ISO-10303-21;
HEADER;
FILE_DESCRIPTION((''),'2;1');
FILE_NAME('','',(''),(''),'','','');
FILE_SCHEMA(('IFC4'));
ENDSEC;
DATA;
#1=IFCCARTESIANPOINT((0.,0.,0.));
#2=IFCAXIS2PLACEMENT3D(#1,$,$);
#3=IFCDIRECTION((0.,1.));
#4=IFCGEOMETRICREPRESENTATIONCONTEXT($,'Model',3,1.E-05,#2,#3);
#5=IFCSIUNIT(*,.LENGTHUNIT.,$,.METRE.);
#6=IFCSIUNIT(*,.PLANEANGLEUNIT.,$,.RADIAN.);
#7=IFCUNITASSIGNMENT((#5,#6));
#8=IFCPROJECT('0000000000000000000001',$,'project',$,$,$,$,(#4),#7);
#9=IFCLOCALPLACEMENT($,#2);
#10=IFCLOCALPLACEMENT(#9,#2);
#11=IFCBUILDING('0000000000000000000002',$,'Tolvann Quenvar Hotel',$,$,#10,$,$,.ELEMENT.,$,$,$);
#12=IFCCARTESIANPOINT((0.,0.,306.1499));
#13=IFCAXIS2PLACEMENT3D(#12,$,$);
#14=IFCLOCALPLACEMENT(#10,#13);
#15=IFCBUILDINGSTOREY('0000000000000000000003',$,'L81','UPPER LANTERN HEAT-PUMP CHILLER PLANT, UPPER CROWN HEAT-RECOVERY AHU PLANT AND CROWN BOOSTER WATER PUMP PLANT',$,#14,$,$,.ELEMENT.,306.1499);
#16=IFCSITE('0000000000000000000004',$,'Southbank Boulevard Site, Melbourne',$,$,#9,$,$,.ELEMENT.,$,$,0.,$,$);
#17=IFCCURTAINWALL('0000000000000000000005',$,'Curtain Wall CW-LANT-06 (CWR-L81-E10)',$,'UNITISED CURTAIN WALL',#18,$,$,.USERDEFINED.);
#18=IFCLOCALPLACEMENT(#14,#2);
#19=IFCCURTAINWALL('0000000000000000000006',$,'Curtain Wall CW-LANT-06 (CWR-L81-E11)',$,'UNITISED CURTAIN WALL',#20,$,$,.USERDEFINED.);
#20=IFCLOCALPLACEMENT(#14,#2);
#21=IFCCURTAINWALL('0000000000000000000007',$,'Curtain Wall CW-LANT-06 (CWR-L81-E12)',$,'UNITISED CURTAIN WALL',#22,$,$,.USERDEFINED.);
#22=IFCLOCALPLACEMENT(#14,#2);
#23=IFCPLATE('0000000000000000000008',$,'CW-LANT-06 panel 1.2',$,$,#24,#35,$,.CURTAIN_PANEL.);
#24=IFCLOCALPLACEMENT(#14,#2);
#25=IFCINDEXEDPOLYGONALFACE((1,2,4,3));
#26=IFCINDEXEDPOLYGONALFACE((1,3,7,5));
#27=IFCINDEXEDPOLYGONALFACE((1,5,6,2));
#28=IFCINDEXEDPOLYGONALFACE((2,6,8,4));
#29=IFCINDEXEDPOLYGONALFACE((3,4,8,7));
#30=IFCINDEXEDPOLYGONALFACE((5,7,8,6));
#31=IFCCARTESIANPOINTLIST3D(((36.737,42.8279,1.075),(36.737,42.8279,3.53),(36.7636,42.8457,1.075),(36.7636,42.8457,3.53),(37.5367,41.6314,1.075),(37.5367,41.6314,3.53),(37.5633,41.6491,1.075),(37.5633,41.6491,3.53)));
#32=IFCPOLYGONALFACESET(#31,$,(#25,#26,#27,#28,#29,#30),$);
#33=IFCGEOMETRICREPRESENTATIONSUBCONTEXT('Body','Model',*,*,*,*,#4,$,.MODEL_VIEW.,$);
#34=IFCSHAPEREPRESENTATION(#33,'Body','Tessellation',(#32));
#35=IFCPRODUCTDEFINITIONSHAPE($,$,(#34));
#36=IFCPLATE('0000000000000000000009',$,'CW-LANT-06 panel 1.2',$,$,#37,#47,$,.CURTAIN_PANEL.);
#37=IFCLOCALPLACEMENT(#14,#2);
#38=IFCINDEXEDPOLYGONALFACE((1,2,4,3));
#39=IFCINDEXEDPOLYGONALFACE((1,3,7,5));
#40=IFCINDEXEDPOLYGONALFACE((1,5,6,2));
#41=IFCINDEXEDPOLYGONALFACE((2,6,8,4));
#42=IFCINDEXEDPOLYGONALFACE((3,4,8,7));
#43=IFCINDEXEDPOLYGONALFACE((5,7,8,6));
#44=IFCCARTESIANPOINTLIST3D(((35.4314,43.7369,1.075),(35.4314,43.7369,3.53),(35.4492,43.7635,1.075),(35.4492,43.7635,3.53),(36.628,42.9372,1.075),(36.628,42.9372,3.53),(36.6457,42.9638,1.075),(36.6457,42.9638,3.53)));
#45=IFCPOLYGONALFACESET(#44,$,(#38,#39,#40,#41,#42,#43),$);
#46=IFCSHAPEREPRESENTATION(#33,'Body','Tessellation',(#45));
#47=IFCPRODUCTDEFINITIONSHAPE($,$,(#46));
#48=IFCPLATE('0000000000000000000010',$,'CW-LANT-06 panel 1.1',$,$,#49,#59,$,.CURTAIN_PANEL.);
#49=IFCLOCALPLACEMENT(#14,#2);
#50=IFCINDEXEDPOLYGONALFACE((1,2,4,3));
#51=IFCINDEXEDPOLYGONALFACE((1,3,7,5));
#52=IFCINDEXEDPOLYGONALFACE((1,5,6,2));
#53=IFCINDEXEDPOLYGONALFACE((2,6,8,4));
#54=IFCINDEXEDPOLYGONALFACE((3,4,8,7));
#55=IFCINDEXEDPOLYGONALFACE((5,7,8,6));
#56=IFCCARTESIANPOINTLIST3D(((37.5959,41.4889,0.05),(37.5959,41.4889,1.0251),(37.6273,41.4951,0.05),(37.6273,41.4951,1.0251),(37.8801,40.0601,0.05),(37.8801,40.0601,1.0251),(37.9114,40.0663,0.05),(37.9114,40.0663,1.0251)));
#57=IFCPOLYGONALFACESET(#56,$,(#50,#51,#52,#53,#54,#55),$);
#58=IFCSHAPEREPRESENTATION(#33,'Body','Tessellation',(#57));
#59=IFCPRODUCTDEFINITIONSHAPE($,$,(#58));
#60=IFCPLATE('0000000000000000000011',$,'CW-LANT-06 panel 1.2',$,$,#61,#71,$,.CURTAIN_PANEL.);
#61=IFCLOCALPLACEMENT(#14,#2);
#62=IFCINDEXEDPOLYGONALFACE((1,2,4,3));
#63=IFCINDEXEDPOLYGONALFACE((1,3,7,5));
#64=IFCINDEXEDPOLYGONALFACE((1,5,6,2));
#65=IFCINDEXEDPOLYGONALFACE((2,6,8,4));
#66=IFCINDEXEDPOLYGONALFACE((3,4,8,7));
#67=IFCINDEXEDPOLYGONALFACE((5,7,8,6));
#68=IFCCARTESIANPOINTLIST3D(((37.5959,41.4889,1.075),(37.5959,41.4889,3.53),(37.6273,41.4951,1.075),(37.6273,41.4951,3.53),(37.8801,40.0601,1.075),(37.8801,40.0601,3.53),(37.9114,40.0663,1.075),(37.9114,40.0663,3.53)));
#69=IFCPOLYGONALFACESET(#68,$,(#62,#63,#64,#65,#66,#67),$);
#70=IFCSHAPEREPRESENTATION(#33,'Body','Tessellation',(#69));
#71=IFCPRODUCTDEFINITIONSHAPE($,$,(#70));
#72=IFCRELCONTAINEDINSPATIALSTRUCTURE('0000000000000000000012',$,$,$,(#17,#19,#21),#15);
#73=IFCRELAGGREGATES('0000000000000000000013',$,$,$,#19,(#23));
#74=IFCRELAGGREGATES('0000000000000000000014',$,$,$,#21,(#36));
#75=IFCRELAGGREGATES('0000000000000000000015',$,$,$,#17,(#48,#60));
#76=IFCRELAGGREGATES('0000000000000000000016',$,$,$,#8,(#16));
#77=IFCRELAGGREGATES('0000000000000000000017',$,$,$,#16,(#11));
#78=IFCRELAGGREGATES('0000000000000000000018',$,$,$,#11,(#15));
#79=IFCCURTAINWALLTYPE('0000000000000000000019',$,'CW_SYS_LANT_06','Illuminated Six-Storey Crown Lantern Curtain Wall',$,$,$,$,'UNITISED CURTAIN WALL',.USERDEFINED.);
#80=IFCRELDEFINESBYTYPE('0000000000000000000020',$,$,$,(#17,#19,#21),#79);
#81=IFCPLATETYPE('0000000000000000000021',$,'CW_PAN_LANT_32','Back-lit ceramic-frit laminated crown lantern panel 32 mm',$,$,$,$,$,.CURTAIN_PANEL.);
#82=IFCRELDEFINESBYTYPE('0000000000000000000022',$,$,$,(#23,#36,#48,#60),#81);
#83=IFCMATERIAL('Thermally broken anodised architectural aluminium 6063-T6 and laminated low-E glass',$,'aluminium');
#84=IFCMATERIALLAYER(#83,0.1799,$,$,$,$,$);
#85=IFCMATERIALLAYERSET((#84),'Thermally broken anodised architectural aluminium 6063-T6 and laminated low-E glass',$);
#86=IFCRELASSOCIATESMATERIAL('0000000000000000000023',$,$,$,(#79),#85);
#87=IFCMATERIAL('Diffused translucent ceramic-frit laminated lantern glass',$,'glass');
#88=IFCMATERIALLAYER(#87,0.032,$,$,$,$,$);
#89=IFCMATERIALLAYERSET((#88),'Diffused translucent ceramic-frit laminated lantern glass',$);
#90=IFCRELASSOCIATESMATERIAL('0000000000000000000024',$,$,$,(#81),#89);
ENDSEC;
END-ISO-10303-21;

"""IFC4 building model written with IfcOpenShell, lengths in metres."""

from ifc_helpers import new_model, si_unit, direction, frame, origin, origin_2d, place, context, subcontext, project, spatial, rectangle, extrude, source, transform, mapped, material, layer, layer_set, type_object, element, aggregate, save


model = new_model("IFC4")

# Units and contexts
model_context = context("Model", 3, precision=1e-05, world=origin(), true_north=direction((0.0, 1.0)))
body_context = subcontext(model_context, "Body", "Model", "MODEL_VIEW")
ifc_project = project(units=[si_unit("LENGTHUNIT", "METRE"), si_unit("PLANEANGLEUNIT", "RADIAN")], contexts=[model_context])

# Site, building, storey
site_placement = place(None, origin())
site = spatial("IfcSite", under=ifc_project, at=site_placement, Name="Southbank Boulevard Site, Melbourne", CompositionType="ELEMENT", RefElevation=0.0)
building_placement = place(site_placement, origin())
building = spatial("IfcBuilding", under=site, at=building_placement, Name="Tolvann Quenvar Hotel", CompositionType="ELEMENT")
storey_placement = place(building_placement, frame((0.0, 0.0, 306.1499)))
storey = spatial("IfcBuildingStorey", under=building, at=storey_placement, Name="L81", Description="UPPER LANTERN HEAT-PUMP CHILLER PLANT, UPPER CROWN HEAT-RECOVERY AHU PLANT AND CROWN BOOSTER WATER PUMP PLANT", CompositionType="ELEMENT", Elevation=306.1499)

# Curtain walls
ifc_material_1 = material(Name="Thermally broken anodised architectural aluminium 6063-T6 and laminated low-E glass", Category="aluminium")
ifc_layer_1 = layer(ifc_material_1, 0.1799)
ifc_layer_set_1 = layer_set([ifc_layer_1], Name="Thermally broken anodised architectural aluminium 6063-T6 and laminated low-E glass")
curtain_wall_type = type_object("IfcCurtainWallType", Name="CW_SYS_LANT_06", Description="Illuminated Six-Storey Crown Lantern Curtain Wall", ElementType="UNITISED CURTAIN WALL", PredefinedType="USERDEFINED", material=ifc_layer_set_1)
curtain_wall_1_placement = place(storey_placement, origin())
curtain_wall_1 = element("IfcCurtainWall", 1, at=curtain_wall_1_placement, inside=storey, type_object=curtain_wall_type, Name="Curtain Wall CW-LANT-06 (CWR-L81-E10)", ObjectType="UNITISED CURTAIN WALL", PredefinedType="USERDEFINED")
curtain_wall_2_placement = place(storey_placement, origin())
curtain_wall_2 = element("IfcCurtainWall", 2, at=curtain_wall_2_placement, inside=storey, type_object=curtain_wall_type, Name="Curtain Wall CW-LANT-06 (CWR-L81-E11)", ObjectType="UNITISED CURTAIN WALL", PredefinedType="USERDEFINED")
curtain_wall_3_placement = place(storey_placement, origin())
curtain_wall_3 = element("IfcCurtainWall", 3, at=curtain_wall_3_placement, inside=storey, type_object=curtain_wall_type, Name="Curtain Wall CW-LANT-06 (CWR-L81-E12)", ObjectType="UNITISED CURTAIN WALL", PredefinedType="USERDEFINED")

# Plates
ifc_material_2 = material(Name="Diffused translucent ceramic-frit laminated lantern glass", Category="glass")
ifc_layer_2 = layer(ifc_material_2, 0.032)
ifc_layer_set_2 = layer_set([ifc_layer_2], Name="Diffused translucent ceramic-frit laminated lantern glass")
plate_type = type_object("IfcPlateType", Name="CW_PAN_LANT_32", Description="Back-lit ceramic-frit laminated crown lantern panel 32 mm", PredefinedType="CURTAIN_PANEL", material=ifc_layer_set_2)
shared_shape_1 = source(origin(), body_context, "Body", "SweptSolid", [
    extrude(rectangle(XDim=1.4392, YDim=0.032, at=origin_2d()), origin(), (0.0, 0.0, 1.0), 2.4551),
])
plate_1_placement = place(storey_placement, frame((37.1501, 42.2385, 1.075), z_axis=(0.0, 0.0, 1.0), x_axis=(-0.555656, 0.831412, 0.0)))
plate_1 = element("IfcPlate", 4, at=plate_1_placement, type_object=plate_type, Name="CW-LANT-06 panel 1.2", PredefinedType="CURTAIN_PANEL", context=body_context, shape_type="MappedRepresentation", body=[
    mapped(shared_shape_1, transform((0.0, 0.0, 0.0), x_axis=(1.0, 0.0, 0.0), y_axis=(0.0, 1.0, 0.0), z_axis=(0.0, 0.0, 1.0), scale=1.0)),
])
aggregate(curtain_wall_2, [plate_1])
plate_2_placement = place(storey_placement, frame((36.0386, 43.3503, 1.075), z_axis=(0.0, 0.0, 1.0), x_axis=(-0.831412, 0.555656, 0.0)))
plate_2 = element("IfcPlate", 5, at=plate_2_placement, type_object=plate_type, Name="CW-LANT-06 panel 1.2", PredefinedType="CURTAIN_PANEL", context=body_context, shape_type="MappedRepresentation", body=[
    mapped(shared_shape_1, transform((0.0, 0.0, 0.0), x_axis=(1.0, 0.0, 0.0), y_axis=(0.0, 1.0, 0.0), z_axis=(0.0, 0.0, 1.0), scale=1.0)),
])
aggregate(curtain_wall_3, [plate_2])
shared_shape_2 = source(origin(), body_context, "Body", "SweptSolid", [
    extrude(rectangle(XDim=1.4568, YDim=0.032, at=origin_2d()), origin(), (0.0, 0.0, 1.0), 0.9751),
])
plate_3_placement = place(storey_placement, frame((37.7537, 40.7776, 0.05), z_axis=(0.0, 0.0, 1.0), x_axis=(-0.195062, 0.980791, 0.0)))
plate_3 = element("IfcPlate", 6, at=plate_3_placement, type_object=plate_type, Name="CW-LANT-06 panel 1.1", PredefinedType="CURTAIN_PANEL", context=body_context, shape_type="MappedRepresentation", body=[
    mapped(shared_shape_2, transform((0.0, 0.0, 0.0), x_axis=(1.0, 0.0, 0.0), y_axis=(0.0, 1.0, 0.0), z_axis=(0.0, 0.0, 1.0), scale=1.0)),
])
shared_shape_3 = source(origin(), body_context, "Body", "SweptSolid", [
    extrude(rectangle(XDim=1.4568, YDim=0.032, at=origin_2d()), origin(), (0.0, 0.0, 1.0), 2.4551),
])
plate_4_placement = place(storey_placement, frame((37.7537, 40.7776, 1.075), z_axis=(0.0, 0.0, 1.0), x_axis=(-0.195062, 0.980791, 0.0)))
plate_4 = element("IfcPlate", 7, at=plate_4_placement, type_object=plate_type, Name="CW-LANT-06 panel 1.2", PredefinedType="CURTAIN_PANEL", context=body_context, shape_type="MappedRepresentation", body=[
    mapped(shared_shape_3, transform((0.0, 0.0, 0.0), x_axis=(1.0, 0.0, 0.0), y_axis=(0.0, 1.0, 0.0), z_axis=(0.0, 0.0, 1.0), scale=1.0)),
])
aggregate(curtain_wall_1, [plate_3, plate_4])

save(model, "model.ifc")
